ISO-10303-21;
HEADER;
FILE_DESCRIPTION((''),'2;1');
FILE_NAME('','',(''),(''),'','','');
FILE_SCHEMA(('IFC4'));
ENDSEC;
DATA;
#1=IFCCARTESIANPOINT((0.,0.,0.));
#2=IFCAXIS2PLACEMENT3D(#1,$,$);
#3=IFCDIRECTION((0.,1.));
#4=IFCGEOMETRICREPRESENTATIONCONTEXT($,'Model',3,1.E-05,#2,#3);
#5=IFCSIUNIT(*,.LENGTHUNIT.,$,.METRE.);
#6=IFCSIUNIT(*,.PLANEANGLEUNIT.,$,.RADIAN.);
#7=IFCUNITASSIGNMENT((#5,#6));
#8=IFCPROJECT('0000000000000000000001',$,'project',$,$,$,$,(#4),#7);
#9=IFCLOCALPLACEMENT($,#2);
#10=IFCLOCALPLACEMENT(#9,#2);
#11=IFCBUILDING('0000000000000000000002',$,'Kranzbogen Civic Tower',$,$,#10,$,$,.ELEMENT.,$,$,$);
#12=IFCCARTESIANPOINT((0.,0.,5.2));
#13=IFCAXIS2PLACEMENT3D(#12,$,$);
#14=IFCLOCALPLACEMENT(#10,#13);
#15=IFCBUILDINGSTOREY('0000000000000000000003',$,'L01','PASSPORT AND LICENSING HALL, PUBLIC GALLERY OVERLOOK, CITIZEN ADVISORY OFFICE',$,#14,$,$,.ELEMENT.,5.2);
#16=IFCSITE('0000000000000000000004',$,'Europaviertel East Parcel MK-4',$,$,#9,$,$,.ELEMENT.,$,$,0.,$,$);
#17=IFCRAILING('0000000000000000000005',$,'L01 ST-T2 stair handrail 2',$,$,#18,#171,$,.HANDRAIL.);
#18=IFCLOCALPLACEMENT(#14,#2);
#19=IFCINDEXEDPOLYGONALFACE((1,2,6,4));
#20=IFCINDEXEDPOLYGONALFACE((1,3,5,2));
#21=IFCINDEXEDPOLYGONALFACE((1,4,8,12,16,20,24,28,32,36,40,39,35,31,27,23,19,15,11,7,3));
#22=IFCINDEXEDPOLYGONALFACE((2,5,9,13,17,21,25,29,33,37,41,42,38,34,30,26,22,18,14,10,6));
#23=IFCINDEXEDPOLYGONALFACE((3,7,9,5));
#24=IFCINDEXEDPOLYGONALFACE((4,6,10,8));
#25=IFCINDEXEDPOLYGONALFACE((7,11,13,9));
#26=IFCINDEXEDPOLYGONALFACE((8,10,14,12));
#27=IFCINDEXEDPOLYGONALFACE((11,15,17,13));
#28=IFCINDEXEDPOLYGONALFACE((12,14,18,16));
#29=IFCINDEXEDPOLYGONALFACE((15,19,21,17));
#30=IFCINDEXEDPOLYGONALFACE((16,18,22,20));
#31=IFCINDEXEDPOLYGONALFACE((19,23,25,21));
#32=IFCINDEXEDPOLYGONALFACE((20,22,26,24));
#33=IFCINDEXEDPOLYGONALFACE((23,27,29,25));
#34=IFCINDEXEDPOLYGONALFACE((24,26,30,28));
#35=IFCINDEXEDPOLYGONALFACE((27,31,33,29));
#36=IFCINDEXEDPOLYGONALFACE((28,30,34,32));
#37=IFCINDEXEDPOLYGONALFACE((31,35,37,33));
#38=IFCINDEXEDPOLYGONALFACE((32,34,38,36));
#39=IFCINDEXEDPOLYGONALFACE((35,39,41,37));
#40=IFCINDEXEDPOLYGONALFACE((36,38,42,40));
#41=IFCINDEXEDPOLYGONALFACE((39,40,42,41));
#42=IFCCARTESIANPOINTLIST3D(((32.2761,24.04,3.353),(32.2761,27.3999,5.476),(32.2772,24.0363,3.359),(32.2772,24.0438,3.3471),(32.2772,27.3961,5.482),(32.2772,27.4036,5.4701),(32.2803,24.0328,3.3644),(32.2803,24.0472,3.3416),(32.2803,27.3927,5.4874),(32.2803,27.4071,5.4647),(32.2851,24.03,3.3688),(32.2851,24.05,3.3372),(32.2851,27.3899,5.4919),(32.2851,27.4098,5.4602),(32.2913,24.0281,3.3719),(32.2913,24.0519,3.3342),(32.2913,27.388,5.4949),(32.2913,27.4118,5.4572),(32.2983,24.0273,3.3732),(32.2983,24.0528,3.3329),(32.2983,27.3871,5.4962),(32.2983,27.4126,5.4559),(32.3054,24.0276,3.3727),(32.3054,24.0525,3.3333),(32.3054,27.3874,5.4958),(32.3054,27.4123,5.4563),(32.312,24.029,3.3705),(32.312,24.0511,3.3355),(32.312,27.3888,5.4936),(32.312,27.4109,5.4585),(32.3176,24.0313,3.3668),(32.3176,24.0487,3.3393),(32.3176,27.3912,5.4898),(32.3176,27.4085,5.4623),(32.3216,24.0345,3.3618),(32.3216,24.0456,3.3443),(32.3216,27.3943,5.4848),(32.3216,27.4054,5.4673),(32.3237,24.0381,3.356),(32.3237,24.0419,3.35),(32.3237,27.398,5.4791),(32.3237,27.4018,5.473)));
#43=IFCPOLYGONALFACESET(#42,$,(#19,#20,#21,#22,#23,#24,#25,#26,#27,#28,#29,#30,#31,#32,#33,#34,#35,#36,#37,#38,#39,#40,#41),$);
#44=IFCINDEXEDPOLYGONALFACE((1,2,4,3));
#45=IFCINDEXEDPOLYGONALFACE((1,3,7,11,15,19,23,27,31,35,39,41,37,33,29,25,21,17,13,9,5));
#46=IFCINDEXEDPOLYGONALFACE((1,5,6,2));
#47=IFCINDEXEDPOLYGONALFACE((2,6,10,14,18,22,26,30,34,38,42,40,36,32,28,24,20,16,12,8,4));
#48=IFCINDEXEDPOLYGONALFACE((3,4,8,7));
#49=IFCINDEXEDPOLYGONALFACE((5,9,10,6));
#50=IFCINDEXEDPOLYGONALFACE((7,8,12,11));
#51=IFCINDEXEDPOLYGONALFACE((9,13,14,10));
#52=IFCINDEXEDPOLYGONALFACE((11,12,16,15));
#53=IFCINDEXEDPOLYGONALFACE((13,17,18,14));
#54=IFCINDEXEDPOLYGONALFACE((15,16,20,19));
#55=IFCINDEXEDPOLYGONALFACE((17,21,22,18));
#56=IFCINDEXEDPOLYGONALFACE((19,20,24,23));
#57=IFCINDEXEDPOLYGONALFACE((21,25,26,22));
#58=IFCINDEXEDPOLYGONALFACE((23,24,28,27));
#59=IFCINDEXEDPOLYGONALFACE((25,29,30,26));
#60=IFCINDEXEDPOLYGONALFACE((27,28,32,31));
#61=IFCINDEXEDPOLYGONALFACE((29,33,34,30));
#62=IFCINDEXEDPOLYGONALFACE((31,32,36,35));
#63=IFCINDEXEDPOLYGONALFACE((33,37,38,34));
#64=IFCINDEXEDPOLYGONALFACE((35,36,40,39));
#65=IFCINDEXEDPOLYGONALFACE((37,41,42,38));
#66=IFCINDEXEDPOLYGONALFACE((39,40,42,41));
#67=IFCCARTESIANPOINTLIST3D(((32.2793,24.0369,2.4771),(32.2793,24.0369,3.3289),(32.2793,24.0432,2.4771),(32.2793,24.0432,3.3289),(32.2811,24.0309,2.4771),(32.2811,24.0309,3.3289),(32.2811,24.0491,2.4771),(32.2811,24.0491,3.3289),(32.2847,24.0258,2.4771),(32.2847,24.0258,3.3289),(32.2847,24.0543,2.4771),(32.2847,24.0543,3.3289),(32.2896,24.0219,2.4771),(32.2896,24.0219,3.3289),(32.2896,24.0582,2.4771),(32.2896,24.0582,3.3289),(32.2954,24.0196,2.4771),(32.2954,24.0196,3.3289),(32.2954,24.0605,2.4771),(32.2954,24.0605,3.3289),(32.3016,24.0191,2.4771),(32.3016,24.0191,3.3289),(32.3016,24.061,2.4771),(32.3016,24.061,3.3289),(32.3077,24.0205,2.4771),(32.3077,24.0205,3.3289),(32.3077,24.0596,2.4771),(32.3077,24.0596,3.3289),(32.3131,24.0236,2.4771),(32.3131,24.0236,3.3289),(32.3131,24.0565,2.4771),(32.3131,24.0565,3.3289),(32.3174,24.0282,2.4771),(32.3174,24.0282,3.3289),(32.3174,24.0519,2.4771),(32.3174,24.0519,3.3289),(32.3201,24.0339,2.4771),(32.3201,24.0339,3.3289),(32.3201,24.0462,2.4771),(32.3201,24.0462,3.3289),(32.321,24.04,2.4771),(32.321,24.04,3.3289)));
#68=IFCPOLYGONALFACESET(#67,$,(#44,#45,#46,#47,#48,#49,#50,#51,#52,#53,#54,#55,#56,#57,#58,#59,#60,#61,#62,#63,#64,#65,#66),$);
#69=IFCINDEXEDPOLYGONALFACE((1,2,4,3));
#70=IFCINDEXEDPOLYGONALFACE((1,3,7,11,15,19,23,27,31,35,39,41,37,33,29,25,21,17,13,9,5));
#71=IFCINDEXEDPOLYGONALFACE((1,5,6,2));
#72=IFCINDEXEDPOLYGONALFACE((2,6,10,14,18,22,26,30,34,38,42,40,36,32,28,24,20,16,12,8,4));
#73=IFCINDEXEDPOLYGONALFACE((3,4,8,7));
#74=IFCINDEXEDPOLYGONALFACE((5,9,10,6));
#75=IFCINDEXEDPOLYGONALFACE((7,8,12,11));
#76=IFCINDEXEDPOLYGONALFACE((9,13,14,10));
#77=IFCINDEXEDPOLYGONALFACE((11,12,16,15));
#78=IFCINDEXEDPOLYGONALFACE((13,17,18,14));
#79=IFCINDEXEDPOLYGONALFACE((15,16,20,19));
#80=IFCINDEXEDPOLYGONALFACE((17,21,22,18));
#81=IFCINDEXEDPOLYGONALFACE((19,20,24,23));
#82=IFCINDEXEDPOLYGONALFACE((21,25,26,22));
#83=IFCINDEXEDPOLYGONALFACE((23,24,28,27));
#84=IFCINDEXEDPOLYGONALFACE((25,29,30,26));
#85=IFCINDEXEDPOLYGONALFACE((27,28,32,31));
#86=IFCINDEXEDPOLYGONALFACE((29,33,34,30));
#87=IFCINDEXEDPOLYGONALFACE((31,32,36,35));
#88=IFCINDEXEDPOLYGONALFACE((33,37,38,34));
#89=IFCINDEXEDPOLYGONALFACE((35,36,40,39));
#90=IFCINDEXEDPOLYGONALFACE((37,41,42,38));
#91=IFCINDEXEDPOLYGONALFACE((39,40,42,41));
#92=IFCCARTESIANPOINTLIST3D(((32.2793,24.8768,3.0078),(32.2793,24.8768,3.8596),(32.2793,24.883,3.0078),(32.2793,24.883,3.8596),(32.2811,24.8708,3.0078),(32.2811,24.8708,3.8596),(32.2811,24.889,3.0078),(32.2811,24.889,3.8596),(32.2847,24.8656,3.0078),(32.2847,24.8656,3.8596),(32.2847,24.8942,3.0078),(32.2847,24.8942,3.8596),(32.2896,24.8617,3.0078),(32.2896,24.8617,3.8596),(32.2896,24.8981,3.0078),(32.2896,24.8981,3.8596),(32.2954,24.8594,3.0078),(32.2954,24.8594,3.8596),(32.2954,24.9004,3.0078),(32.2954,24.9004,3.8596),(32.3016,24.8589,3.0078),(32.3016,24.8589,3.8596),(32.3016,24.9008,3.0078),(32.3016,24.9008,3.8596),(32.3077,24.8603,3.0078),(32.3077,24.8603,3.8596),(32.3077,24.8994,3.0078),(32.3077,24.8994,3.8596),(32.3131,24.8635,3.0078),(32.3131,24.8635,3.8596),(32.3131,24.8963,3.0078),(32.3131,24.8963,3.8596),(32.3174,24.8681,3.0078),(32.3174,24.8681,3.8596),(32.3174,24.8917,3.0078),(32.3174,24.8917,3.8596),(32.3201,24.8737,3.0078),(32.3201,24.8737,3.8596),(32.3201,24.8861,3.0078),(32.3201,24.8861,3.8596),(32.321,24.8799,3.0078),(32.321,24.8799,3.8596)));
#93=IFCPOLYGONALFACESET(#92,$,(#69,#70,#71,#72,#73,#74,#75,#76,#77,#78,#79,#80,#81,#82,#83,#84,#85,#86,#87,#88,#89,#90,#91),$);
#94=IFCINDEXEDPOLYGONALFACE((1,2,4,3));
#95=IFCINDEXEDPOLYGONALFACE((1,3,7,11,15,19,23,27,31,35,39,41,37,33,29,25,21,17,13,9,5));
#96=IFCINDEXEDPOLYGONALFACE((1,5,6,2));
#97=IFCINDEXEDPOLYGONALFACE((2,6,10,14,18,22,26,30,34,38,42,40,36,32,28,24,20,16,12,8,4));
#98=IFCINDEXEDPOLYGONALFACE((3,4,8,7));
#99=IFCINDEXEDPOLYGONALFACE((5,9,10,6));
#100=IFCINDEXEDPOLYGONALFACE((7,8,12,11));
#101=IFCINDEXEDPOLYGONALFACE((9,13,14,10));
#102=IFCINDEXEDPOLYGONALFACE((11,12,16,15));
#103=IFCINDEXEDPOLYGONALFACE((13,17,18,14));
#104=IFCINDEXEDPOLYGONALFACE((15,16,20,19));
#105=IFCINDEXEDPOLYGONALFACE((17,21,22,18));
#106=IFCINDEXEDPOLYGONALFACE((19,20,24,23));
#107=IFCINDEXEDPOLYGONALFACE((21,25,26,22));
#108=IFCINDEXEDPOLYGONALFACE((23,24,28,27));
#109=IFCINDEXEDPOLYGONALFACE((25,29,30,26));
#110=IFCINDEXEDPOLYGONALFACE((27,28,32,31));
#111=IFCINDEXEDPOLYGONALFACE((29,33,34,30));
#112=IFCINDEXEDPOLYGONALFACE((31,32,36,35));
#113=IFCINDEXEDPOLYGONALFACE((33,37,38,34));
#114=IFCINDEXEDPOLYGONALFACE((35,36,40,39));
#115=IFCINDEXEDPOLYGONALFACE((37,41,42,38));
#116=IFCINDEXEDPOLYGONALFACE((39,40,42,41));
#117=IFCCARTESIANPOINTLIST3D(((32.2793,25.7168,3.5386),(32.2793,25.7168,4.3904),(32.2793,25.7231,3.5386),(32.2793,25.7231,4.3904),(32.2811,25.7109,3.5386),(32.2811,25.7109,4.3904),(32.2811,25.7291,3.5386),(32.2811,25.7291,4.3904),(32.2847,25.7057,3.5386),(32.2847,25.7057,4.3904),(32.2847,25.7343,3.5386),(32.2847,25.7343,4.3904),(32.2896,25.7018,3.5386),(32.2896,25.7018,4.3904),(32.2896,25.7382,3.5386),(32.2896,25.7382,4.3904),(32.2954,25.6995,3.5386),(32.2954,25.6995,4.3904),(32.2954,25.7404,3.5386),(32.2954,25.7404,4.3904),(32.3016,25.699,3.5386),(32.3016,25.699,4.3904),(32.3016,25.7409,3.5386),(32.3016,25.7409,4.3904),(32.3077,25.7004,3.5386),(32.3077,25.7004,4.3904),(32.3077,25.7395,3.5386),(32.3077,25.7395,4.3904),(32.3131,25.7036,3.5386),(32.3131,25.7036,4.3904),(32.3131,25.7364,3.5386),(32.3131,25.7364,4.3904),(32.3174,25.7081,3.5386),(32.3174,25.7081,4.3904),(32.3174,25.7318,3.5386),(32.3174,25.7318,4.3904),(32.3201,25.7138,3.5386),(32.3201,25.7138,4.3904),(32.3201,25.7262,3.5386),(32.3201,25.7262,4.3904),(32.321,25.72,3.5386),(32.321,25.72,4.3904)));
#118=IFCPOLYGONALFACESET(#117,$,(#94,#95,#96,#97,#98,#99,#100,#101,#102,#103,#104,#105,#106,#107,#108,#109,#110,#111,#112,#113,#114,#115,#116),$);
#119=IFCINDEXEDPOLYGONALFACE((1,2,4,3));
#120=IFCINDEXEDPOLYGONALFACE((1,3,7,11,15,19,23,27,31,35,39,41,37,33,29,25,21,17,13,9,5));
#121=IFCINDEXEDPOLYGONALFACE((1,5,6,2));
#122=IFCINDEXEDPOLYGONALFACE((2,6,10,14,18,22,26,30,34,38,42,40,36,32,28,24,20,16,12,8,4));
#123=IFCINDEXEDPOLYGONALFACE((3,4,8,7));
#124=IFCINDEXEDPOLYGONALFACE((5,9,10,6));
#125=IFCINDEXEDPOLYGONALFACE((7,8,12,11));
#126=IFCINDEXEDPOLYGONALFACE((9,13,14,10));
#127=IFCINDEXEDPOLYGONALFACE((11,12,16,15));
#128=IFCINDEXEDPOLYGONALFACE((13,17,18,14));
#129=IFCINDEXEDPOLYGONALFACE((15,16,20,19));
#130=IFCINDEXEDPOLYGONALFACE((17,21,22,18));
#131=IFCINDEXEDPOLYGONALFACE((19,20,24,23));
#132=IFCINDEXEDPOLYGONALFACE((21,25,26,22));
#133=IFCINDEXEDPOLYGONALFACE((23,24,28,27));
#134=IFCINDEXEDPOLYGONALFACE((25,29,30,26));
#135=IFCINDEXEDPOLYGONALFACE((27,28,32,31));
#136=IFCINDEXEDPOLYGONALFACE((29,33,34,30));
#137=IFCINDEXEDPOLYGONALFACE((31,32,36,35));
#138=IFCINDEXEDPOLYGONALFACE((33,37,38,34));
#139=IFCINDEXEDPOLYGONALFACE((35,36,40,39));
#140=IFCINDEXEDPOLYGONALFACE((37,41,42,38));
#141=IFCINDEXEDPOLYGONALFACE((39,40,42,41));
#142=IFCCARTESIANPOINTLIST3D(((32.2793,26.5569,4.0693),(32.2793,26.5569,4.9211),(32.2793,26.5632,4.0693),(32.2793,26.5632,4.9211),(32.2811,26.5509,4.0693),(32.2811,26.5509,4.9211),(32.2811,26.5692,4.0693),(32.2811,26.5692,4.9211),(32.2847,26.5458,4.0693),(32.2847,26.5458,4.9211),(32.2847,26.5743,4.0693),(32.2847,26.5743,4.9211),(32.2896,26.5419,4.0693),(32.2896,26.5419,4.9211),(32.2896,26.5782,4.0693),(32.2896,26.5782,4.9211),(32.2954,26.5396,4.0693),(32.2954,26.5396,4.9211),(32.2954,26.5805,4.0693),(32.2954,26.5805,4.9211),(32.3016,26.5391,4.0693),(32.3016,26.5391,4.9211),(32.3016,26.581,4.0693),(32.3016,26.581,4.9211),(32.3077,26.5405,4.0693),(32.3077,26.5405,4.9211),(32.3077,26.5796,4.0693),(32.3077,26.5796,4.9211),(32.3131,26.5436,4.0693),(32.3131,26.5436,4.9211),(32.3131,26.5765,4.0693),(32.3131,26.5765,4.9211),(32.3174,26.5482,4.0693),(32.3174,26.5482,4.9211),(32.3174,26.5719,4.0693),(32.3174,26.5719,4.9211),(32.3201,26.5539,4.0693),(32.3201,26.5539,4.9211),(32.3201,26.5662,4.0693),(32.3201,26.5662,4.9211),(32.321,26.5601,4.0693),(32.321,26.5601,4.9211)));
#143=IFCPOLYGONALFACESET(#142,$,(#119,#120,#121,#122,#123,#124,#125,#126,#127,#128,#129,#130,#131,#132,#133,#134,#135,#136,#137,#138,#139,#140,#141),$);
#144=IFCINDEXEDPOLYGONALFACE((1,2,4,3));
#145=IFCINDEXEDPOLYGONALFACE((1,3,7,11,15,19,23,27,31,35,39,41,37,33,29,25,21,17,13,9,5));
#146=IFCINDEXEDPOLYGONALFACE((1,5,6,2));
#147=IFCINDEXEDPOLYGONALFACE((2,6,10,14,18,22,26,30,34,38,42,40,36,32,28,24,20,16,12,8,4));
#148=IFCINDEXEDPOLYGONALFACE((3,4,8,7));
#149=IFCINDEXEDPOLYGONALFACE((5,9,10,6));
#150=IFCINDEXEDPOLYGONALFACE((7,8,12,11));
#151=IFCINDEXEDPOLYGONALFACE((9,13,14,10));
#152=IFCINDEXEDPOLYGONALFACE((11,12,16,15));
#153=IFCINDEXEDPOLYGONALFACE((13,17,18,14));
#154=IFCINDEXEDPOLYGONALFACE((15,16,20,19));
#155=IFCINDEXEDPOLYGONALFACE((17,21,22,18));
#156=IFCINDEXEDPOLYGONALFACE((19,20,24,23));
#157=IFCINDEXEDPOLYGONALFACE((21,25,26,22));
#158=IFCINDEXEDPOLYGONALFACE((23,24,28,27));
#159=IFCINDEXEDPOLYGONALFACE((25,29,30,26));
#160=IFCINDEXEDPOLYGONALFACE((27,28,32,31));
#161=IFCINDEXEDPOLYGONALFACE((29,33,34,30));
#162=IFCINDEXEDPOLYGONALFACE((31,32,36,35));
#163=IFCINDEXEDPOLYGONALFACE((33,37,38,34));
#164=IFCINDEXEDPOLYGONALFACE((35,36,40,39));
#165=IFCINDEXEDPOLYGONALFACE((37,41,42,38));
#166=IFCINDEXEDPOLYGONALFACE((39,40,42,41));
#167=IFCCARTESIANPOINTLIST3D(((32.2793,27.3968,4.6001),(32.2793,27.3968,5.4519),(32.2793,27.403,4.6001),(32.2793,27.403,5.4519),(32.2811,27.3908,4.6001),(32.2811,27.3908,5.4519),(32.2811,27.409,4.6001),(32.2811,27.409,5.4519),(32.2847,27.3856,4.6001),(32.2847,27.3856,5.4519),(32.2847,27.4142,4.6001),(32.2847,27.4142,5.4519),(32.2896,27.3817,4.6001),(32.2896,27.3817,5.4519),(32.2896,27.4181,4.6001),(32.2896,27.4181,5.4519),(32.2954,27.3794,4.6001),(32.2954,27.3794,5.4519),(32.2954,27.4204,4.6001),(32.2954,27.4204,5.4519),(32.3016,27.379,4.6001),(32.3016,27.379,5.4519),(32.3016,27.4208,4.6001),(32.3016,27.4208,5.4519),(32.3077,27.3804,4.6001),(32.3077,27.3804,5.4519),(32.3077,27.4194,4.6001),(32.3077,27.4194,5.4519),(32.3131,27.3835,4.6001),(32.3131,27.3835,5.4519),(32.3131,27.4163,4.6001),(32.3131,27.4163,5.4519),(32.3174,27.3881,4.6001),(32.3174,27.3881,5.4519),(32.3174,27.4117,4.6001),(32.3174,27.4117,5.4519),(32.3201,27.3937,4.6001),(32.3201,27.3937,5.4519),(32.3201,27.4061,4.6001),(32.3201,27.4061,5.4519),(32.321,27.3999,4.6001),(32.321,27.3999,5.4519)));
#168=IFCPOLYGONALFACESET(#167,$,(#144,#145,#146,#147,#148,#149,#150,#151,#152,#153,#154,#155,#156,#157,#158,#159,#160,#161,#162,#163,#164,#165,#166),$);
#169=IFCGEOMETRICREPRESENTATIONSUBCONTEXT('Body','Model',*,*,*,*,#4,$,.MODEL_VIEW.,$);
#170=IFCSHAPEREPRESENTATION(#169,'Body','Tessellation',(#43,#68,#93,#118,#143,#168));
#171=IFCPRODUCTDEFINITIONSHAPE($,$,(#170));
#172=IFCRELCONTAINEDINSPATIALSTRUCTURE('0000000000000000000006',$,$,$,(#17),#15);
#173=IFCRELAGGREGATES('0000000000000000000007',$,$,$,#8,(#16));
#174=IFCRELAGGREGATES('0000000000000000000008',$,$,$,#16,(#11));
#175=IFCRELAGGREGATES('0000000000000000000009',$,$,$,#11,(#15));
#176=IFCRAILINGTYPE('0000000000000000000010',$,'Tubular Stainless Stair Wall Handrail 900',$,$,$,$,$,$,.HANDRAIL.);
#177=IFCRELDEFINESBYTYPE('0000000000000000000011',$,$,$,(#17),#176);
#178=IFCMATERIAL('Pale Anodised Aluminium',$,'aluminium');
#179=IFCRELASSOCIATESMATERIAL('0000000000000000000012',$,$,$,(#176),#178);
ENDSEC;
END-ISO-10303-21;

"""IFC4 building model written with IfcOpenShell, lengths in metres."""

from ifc_helpers import new_model, si_unit, direction, frame, origin, origin_2d, place, context, subcontext, project, spatial, circle, extrude, material, type_object, element, save


model = new_model("IFC4")

# Units and contexts
model_context = context("Model", 3, precision=1e-05, world=origin(), true_north=direction((0.0, 1.0)))
body_context = subcontext(model_context, "Body", "Model", "MODEL_VIEW")
ifc_project = project(units=[si_unit("LENGTHUNIT", "METRE"), si_unit("PLANEANGLEUNIT", "RADIAN")], contexts=[model_context])

# Site, building, storey
site_placement = place(None, origin())
site = spatial("IfcSite", under=ifc_project, at=site_placement, Name="Europaviertel East Parcel MK-4", CompositionType="ELEMENT", RefElevation=0.0)
building_placement = place(site_placement, origin())
building = spatial("IfcBuilding", under=site, at=building_placement, Name="Kranzbogen Civic Tower", CompositionType="ELEMENT")
storey_placement = place(building_placement, frame((0.0, 0.0, 5.2)))
storey = spatial("IfcBuildingStorey", under=building, at=storey_placement, Name="L01", Description="PASSPORT AND LICENSING HALL, PUBLIC GALLERY OVERLOOK, CITIZEN ADVISORY OFFICE", CompositionType="ELEMENT", Elevation=5.2)

# Railing
ifc_material_1 = material(Name="Pale Anodised Aluminium", Category="aluminium")
railing_type_1 = type_object("IfcRailingType", Name="Tubular Stainless Stair Wall Handrail 900", PredefinedType="HANDRAIL", material=ifc_material_1)
railing_1_placement = place(storey_placement, frame((32.3, 24.04, 2.4771)))
element("IfcRailing", 1, at=railing_1_placement, inside=storey, type_object=railing_type_1, Name="L01 ST-T2 stair handrail 2", PredefinedType="HANDRAIL", context=body_context, shape_type="SweptSolid", body=[
    extrude(circle(Radius=0.0239, at=origin_2d()), frame((0.0, 0.0, 0.876), z_axis=(0.0, 0.845372, 0.534178), x_axis=(-1.0, 0.0, 0.0)), (0.0, 0.0, 1.0), 3.9744),
    extrude(circle(Radius=0.021, at=origin_2d()), origin(), (0.0, 0.0, 1.0), 0.8518),
    extrude(circle(Radius=0.021, at=origin_2d()), frame((0.0, 0.8398, 0.5308)), (0.0, 0.0, 1.0), 0.8518),
    extrude(circle(Radius=0.021, at=origin_2d()), frame((0.0, 1.6799, 1.0615)), (0.0, 0.0, 1.0), 0.8518),
    extrude(circle(Radius=0.021, at=origin_2d()), frame((0.0, 2.52, 1.5923)), (0.0, 0.0, 1.0), 0.8518),
    extrude(circle(Radius=0.021, at=origin_2d()), frame((0.0, 3.3599, 2.123)), (0.0, 0.0, 1.0), 0.8518),
])

save(model, "model.ifc")
